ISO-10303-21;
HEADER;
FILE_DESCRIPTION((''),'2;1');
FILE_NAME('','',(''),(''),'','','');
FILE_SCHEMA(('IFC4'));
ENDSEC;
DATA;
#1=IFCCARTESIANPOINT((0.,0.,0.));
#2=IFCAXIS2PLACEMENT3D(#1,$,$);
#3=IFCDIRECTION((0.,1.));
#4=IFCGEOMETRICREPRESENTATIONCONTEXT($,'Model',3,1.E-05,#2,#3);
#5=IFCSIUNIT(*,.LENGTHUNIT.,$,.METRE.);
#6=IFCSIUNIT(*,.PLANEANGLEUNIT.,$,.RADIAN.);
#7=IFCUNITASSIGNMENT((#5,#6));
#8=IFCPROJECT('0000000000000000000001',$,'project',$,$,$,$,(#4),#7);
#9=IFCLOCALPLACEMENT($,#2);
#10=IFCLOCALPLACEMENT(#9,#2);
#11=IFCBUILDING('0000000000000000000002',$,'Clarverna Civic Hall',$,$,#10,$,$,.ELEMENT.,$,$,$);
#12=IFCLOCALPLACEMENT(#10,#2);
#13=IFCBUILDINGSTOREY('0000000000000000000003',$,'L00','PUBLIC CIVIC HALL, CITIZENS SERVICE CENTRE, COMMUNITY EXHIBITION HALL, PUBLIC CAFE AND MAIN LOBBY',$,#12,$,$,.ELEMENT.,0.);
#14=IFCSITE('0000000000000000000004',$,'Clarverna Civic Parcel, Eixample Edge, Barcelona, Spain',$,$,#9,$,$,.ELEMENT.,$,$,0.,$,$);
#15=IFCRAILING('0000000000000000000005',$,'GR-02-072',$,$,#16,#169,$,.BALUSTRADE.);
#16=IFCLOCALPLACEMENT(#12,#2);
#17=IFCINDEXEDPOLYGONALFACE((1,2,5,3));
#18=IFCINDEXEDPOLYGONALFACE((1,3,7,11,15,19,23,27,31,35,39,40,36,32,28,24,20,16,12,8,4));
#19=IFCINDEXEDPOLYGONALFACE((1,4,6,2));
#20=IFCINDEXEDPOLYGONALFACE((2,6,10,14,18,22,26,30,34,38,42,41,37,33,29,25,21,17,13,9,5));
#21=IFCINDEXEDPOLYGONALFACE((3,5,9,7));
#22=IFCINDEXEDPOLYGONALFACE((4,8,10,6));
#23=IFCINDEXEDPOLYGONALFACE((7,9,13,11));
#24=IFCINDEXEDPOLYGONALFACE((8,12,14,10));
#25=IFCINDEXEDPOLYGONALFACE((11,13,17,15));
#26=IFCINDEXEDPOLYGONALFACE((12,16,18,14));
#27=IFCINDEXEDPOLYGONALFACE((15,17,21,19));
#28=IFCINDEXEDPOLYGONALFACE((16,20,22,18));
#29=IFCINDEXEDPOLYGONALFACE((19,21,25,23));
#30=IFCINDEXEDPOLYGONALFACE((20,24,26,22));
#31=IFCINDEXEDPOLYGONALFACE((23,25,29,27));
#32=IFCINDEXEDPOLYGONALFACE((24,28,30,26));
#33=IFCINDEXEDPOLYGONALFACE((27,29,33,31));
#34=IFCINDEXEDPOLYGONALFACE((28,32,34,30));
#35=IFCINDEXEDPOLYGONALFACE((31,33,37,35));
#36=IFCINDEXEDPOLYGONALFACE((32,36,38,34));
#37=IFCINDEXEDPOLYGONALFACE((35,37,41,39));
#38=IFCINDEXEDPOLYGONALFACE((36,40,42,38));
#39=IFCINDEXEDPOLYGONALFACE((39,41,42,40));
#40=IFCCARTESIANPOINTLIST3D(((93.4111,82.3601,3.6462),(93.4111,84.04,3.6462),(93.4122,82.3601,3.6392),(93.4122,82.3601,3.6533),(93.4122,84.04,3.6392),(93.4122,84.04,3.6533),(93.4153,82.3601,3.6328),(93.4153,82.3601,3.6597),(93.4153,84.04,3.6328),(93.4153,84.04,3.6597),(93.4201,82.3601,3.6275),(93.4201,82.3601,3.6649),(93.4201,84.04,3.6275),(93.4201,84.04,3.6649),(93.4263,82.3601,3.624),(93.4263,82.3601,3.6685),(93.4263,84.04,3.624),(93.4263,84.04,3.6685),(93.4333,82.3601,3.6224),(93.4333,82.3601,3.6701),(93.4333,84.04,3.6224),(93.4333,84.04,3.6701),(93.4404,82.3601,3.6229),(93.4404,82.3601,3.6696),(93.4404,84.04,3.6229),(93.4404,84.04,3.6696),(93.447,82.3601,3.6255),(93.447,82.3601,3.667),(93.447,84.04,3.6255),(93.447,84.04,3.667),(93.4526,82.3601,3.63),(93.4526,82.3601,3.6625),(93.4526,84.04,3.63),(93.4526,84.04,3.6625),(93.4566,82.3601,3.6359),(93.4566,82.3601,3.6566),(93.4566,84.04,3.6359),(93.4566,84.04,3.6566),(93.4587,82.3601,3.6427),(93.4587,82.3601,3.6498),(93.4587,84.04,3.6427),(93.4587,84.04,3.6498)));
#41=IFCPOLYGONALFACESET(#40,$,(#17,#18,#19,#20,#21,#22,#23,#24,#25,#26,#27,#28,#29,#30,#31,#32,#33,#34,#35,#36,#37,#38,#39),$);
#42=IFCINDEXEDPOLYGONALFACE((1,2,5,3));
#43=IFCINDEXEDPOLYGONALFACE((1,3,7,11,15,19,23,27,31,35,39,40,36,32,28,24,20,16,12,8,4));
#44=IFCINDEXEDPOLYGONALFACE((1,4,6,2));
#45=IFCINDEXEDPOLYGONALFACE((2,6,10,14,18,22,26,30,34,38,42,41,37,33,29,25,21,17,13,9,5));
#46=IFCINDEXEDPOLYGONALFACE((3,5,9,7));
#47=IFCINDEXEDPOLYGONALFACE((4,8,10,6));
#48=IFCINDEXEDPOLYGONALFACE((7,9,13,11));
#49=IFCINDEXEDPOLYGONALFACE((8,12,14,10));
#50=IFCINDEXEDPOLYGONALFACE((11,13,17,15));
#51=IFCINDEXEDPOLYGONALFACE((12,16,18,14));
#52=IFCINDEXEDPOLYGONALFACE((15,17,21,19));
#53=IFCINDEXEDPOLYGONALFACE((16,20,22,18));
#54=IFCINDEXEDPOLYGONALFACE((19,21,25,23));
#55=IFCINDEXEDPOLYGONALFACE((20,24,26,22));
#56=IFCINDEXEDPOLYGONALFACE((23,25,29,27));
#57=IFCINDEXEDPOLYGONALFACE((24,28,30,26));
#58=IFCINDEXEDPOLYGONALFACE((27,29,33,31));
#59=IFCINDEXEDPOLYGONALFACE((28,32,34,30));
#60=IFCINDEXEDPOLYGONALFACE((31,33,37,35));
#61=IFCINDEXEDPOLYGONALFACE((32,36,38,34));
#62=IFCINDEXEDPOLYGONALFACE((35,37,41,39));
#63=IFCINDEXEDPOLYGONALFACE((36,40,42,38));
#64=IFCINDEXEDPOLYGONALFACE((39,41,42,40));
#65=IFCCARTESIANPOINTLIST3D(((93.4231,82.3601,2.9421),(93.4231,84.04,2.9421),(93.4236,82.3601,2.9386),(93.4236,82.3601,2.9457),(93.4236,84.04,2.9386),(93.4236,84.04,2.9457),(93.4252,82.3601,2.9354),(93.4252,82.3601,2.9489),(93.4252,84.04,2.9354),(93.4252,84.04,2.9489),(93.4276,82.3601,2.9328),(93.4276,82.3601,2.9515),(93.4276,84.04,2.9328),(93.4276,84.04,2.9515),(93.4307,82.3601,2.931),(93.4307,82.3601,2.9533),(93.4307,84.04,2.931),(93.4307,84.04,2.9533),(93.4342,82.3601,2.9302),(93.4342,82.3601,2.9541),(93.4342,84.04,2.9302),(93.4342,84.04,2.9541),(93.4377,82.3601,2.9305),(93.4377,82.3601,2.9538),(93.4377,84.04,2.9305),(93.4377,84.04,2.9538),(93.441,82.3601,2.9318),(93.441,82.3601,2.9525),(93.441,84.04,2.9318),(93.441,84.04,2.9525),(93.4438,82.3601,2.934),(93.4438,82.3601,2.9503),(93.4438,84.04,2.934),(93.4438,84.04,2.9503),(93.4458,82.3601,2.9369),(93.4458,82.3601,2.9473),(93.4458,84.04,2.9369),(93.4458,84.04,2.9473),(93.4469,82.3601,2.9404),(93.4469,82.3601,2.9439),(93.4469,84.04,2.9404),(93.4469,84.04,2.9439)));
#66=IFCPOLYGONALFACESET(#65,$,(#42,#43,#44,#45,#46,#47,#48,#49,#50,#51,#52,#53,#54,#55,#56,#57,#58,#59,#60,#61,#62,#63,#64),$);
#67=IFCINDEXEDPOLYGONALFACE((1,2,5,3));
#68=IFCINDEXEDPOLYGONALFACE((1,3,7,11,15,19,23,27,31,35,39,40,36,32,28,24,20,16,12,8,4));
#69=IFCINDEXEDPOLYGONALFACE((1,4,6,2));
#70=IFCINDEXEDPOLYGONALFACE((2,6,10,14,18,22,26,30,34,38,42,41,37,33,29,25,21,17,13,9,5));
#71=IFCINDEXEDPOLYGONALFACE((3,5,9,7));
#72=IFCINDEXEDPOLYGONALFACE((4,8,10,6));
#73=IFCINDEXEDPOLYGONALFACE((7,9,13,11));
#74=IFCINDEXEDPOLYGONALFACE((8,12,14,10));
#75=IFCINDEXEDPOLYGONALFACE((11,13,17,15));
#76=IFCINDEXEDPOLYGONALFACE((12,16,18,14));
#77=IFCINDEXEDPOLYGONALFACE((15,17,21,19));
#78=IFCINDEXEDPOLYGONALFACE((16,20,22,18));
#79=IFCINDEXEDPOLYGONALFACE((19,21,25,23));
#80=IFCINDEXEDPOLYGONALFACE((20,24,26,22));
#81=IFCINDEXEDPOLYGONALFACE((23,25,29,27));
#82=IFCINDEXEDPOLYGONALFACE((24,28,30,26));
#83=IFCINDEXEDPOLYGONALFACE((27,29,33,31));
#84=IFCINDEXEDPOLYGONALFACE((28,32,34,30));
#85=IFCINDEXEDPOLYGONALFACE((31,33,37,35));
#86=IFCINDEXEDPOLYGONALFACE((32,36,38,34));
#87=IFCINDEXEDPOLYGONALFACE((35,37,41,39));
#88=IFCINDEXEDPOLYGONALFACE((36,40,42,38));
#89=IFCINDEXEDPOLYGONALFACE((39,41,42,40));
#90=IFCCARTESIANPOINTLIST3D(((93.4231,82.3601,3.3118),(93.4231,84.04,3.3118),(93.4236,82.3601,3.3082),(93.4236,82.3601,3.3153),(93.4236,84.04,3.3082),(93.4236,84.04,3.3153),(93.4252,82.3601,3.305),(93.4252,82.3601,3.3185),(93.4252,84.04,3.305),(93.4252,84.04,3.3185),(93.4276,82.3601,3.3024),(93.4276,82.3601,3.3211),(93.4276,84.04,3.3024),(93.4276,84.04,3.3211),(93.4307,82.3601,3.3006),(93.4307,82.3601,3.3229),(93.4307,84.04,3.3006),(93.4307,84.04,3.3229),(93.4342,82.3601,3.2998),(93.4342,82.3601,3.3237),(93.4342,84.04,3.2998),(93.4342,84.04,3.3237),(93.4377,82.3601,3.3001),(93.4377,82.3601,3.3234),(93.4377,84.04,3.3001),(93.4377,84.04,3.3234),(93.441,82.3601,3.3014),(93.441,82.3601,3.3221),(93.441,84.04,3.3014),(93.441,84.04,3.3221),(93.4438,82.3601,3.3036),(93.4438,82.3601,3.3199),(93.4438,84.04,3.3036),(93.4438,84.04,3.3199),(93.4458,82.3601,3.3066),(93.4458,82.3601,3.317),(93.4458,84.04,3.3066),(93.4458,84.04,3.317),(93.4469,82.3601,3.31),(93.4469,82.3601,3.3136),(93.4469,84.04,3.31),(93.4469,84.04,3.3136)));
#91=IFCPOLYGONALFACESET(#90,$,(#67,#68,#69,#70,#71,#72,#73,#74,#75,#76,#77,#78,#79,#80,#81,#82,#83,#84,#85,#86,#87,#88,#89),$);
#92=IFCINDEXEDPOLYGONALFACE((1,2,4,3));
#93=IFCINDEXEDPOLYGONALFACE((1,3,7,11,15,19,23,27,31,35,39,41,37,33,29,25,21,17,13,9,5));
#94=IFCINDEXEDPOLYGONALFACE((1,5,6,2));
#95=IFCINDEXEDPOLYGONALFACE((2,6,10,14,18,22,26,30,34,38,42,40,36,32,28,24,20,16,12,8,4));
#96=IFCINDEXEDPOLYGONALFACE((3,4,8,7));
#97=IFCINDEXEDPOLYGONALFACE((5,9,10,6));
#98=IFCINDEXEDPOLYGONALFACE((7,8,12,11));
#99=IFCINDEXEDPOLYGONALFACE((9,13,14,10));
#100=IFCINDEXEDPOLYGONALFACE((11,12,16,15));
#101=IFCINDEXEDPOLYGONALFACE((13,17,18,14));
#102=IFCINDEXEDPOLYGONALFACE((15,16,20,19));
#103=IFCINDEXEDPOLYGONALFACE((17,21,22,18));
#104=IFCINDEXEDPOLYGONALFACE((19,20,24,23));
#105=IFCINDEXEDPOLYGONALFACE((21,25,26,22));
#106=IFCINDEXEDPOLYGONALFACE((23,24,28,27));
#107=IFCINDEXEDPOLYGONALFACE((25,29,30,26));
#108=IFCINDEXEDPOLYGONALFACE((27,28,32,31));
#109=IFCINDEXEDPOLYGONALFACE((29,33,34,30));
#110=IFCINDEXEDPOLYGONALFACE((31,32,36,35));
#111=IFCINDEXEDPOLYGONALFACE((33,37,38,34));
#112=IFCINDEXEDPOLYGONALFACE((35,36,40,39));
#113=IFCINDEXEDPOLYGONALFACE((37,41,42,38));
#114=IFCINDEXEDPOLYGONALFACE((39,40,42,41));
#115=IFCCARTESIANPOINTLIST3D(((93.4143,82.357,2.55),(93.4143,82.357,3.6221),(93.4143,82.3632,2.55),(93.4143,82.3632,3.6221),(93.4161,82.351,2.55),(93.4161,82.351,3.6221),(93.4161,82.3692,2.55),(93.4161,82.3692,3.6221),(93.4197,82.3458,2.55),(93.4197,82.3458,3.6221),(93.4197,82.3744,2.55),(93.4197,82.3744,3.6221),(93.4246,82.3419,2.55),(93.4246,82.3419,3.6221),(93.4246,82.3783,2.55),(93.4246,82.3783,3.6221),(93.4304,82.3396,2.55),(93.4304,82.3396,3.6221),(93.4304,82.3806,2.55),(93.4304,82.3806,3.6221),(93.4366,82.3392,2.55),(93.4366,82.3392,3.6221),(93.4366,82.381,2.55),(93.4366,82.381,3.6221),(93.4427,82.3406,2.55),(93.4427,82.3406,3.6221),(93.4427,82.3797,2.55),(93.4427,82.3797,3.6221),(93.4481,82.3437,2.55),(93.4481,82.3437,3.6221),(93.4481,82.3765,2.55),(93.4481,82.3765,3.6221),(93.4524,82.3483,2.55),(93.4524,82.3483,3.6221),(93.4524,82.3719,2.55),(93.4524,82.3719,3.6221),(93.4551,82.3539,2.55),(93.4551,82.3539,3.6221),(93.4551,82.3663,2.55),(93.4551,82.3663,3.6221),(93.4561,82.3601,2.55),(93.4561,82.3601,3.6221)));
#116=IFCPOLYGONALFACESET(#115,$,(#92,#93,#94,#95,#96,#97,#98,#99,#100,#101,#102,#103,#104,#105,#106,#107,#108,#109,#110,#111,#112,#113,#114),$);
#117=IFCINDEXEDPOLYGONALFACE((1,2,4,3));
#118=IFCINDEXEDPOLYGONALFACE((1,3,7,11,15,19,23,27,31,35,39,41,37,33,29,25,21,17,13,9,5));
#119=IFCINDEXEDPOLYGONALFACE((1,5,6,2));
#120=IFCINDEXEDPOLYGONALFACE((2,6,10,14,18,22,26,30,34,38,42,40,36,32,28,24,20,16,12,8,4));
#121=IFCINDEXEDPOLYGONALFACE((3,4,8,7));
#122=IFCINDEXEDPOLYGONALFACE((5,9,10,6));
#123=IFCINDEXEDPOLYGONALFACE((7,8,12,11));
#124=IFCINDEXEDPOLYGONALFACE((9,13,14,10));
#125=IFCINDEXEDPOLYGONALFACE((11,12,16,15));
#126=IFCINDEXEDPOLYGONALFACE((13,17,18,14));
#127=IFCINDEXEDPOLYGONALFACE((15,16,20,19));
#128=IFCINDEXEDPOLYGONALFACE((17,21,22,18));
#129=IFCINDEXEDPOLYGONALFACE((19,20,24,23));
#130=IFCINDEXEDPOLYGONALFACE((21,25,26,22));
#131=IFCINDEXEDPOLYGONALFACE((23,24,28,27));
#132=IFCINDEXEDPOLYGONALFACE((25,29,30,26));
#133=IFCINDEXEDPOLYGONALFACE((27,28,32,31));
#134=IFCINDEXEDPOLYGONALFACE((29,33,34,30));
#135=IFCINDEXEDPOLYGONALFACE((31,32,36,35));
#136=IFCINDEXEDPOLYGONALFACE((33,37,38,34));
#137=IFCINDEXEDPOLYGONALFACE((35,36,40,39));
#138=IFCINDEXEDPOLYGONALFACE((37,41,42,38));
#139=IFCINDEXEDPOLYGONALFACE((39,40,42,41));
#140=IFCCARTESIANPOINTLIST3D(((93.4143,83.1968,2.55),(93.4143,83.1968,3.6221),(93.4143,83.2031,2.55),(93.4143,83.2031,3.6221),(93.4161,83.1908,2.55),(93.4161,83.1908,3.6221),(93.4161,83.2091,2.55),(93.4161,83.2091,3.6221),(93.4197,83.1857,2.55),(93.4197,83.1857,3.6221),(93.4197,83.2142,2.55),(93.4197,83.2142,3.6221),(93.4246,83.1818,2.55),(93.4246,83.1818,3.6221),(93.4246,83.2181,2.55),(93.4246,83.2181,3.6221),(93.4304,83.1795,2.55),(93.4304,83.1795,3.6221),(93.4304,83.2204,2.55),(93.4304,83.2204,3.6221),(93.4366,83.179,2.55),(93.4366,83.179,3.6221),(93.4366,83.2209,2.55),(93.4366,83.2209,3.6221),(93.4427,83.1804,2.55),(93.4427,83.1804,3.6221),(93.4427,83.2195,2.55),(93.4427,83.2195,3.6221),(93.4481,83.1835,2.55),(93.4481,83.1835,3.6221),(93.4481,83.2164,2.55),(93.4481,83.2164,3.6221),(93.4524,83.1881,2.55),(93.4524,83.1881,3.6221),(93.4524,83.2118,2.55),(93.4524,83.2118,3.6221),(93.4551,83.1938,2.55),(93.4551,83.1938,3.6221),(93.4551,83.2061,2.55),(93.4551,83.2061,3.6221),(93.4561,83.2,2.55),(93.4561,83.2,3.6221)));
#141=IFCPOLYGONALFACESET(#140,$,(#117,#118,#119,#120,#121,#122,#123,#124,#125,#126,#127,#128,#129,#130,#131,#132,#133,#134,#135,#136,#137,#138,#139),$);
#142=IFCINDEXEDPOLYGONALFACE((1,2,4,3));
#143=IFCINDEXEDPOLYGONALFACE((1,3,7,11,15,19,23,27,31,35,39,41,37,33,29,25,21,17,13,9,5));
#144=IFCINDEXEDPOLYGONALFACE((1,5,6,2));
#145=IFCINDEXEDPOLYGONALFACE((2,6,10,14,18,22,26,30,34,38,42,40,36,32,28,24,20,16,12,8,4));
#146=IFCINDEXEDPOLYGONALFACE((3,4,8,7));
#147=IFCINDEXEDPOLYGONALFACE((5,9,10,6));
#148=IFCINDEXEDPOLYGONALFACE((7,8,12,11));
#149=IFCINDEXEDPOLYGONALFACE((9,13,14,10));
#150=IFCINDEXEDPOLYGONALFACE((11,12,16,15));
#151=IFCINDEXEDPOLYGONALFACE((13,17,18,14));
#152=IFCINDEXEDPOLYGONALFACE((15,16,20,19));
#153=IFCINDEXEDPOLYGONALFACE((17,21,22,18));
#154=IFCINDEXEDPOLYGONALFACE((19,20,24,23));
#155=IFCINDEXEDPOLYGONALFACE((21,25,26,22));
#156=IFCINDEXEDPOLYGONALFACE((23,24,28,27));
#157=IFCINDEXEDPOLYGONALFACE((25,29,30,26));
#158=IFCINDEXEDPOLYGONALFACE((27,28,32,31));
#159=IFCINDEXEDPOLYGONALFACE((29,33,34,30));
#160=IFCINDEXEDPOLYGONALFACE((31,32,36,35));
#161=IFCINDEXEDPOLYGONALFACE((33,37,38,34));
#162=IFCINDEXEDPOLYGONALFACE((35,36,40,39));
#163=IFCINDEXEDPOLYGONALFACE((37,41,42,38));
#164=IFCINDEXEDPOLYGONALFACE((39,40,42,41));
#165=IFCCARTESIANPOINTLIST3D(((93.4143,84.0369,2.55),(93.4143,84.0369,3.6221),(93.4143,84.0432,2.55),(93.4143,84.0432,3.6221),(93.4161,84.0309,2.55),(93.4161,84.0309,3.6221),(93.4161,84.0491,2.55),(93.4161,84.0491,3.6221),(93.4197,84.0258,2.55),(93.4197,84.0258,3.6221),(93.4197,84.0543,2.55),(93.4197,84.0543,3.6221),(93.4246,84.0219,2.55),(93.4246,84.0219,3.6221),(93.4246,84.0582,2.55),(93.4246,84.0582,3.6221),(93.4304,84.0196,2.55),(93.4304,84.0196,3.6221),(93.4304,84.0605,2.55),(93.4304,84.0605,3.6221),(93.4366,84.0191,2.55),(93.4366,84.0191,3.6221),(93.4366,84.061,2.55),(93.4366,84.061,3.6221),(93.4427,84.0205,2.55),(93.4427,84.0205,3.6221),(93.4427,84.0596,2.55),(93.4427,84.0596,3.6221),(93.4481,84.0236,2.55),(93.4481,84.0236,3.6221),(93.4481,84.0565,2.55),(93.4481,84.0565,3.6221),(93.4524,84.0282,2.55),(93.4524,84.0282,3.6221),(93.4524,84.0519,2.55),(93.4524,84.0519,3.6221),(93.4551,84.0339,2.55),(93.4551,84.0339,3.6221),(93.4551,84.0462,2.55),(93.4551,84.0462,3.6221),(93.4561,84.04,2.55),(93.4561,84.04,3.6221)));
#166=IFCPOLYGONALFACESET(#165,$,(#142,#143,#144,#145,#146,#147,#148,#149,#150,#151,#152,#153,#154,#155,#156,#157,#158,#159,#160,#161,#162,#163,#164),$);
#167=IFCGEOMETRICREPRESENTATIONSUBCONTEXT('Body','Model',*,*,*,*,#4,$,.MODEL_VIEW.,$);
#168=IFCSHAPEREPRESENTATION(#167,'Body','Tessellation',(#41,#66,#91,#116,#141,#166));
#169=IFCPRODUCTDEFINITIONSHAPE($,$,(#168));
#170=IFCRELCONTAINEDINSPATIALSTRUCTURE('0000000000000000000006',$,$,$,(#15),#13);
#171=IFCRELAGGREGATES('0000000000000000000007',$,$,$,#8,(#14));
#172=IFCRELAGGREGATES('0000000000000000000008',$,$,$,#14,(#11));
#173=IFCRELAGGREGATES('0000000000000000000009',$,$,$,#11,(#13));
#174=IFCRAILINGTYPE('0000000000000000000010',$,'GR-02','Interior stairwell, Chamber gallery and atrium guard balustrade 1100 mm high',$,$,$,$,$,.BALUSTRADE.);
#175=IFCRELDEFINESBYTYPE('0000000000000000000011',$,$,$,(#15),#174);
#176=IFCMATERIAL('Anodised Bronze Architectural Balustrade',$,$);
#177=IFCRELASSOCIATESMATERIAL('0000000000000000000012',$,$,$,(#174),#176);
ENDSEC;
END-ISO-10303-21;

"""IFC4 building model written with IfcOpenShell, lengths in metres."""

from ifc_helpers import new_model, si_unit, direction, frame, origin, origin_2d, place, context, subcontext, project, spatial, circle, extrude, material, type_object, element, save


model = new_model("IFC4")

# Units and contexts
model_context = context("Model", 3, precision=1e-05, world=origin(), true_north=direction((0.0, 1.0)))
body_context = subcontext(model_context, "Body", "Model", "MODEL_VIEW")
ifc_project = project(units=[si_unit("LENGTHUNIT", "METRE"), si_unit("PLANEANGLEUNIT", "RADIAN")], contexts=[model_context])

# Site, building, storey
site_placement = place(None, origin())
site = spatial("IfcSite", under=ifc_project, at=site_placement, Name="Clarverna Civic Parcel, Eixample Edge, Barcelona, Spain", CompositionType="ELEMENT", RefElevation=0.0)
building_placement = place(site_placement, origin())
building = spatial("IfcBuilding", under=site, at=building_placement, Name="Clarverna Civic Hall", CompositionType="ELEMENT")
storey_placement = place(building_placement, origin())
storey = spatial("IfcBuildingStorey", under=building, at=storey_placement, Name="L00", Description="PUBLIC CIVIC HALL, CITIZENS SERVICE CENTRE, COMMUNITY EXHIBITION HALL, PUBLIC CAFE AND MAIN LOBBY", CompositionType="ELEMENT", Elevation=0.0)

# Railing
ifc_material_1 = material(Name="Anodised Bronze Architectural Balustrade")
railing_type_1 = type_object("IfcRailingType", Name="GR-02", Description="Interior stairwell, Chamber gallery and atrium guard balustrade 1100 mm high", PredefinedType="BALUSTRADE", material=ifc_material_1)
railing_1_placement = place(storey_placement, frame((93.4351, 82.3601, 2.55)))
element("IfcRailing", 1, at=railing_1_placement, inside=storey, type_object=railing_type_1, Name="GR-02-072", PredefinedType="BALUSTRADE", context=body_context, shape_type="SweptSolid", body=[
    extrude(circle(Radius=0.0239, at=origin_2d()), frame((0.0, 0.0, 1.0962), z_axis=(0.0, 1.0, 0.0), x_axis=(-1.0, 0.0, 0.0)), (0.0, 0.0, 1.0), 1.6799),
    extrude(circle(Radius=0.012, at=origin_2d()), frame((0.0, 0.0, 0.3921), z_axis=(0.0, 1.0, 0.0), x_axis=(-1.0, 0.0, 0.0)), (0.0, 0.0, 1.0), 1.6799),
    extrude(circle(Radius=0.012, at=origin_2d()), frame((0.0, 0.0, 0.7617), z_axis=(0.0, 1.0, 0.0), x_axis=(-1.0, 0.0, 0.0)), (0.0, 0.0, 1.0), 1.6799),
    extrude(circle(Radius=0.021, at=origin_2d()), origin(), (0.0, 0.0, 1.0), 1.072),
    extrude(circle(Radius=0.021, at=origin_2d()), frame((0.0, 0.8398, 0.0)), (0.0, 0.0, 1.0), 1.072),
    extrude(circle(Radius=0.021, at=origin_2d()), frame((0.0, 1.6799, 0.0)), (0.0, 0.0, 1.0), 1.072),
])

save(model, "model.ifc")
